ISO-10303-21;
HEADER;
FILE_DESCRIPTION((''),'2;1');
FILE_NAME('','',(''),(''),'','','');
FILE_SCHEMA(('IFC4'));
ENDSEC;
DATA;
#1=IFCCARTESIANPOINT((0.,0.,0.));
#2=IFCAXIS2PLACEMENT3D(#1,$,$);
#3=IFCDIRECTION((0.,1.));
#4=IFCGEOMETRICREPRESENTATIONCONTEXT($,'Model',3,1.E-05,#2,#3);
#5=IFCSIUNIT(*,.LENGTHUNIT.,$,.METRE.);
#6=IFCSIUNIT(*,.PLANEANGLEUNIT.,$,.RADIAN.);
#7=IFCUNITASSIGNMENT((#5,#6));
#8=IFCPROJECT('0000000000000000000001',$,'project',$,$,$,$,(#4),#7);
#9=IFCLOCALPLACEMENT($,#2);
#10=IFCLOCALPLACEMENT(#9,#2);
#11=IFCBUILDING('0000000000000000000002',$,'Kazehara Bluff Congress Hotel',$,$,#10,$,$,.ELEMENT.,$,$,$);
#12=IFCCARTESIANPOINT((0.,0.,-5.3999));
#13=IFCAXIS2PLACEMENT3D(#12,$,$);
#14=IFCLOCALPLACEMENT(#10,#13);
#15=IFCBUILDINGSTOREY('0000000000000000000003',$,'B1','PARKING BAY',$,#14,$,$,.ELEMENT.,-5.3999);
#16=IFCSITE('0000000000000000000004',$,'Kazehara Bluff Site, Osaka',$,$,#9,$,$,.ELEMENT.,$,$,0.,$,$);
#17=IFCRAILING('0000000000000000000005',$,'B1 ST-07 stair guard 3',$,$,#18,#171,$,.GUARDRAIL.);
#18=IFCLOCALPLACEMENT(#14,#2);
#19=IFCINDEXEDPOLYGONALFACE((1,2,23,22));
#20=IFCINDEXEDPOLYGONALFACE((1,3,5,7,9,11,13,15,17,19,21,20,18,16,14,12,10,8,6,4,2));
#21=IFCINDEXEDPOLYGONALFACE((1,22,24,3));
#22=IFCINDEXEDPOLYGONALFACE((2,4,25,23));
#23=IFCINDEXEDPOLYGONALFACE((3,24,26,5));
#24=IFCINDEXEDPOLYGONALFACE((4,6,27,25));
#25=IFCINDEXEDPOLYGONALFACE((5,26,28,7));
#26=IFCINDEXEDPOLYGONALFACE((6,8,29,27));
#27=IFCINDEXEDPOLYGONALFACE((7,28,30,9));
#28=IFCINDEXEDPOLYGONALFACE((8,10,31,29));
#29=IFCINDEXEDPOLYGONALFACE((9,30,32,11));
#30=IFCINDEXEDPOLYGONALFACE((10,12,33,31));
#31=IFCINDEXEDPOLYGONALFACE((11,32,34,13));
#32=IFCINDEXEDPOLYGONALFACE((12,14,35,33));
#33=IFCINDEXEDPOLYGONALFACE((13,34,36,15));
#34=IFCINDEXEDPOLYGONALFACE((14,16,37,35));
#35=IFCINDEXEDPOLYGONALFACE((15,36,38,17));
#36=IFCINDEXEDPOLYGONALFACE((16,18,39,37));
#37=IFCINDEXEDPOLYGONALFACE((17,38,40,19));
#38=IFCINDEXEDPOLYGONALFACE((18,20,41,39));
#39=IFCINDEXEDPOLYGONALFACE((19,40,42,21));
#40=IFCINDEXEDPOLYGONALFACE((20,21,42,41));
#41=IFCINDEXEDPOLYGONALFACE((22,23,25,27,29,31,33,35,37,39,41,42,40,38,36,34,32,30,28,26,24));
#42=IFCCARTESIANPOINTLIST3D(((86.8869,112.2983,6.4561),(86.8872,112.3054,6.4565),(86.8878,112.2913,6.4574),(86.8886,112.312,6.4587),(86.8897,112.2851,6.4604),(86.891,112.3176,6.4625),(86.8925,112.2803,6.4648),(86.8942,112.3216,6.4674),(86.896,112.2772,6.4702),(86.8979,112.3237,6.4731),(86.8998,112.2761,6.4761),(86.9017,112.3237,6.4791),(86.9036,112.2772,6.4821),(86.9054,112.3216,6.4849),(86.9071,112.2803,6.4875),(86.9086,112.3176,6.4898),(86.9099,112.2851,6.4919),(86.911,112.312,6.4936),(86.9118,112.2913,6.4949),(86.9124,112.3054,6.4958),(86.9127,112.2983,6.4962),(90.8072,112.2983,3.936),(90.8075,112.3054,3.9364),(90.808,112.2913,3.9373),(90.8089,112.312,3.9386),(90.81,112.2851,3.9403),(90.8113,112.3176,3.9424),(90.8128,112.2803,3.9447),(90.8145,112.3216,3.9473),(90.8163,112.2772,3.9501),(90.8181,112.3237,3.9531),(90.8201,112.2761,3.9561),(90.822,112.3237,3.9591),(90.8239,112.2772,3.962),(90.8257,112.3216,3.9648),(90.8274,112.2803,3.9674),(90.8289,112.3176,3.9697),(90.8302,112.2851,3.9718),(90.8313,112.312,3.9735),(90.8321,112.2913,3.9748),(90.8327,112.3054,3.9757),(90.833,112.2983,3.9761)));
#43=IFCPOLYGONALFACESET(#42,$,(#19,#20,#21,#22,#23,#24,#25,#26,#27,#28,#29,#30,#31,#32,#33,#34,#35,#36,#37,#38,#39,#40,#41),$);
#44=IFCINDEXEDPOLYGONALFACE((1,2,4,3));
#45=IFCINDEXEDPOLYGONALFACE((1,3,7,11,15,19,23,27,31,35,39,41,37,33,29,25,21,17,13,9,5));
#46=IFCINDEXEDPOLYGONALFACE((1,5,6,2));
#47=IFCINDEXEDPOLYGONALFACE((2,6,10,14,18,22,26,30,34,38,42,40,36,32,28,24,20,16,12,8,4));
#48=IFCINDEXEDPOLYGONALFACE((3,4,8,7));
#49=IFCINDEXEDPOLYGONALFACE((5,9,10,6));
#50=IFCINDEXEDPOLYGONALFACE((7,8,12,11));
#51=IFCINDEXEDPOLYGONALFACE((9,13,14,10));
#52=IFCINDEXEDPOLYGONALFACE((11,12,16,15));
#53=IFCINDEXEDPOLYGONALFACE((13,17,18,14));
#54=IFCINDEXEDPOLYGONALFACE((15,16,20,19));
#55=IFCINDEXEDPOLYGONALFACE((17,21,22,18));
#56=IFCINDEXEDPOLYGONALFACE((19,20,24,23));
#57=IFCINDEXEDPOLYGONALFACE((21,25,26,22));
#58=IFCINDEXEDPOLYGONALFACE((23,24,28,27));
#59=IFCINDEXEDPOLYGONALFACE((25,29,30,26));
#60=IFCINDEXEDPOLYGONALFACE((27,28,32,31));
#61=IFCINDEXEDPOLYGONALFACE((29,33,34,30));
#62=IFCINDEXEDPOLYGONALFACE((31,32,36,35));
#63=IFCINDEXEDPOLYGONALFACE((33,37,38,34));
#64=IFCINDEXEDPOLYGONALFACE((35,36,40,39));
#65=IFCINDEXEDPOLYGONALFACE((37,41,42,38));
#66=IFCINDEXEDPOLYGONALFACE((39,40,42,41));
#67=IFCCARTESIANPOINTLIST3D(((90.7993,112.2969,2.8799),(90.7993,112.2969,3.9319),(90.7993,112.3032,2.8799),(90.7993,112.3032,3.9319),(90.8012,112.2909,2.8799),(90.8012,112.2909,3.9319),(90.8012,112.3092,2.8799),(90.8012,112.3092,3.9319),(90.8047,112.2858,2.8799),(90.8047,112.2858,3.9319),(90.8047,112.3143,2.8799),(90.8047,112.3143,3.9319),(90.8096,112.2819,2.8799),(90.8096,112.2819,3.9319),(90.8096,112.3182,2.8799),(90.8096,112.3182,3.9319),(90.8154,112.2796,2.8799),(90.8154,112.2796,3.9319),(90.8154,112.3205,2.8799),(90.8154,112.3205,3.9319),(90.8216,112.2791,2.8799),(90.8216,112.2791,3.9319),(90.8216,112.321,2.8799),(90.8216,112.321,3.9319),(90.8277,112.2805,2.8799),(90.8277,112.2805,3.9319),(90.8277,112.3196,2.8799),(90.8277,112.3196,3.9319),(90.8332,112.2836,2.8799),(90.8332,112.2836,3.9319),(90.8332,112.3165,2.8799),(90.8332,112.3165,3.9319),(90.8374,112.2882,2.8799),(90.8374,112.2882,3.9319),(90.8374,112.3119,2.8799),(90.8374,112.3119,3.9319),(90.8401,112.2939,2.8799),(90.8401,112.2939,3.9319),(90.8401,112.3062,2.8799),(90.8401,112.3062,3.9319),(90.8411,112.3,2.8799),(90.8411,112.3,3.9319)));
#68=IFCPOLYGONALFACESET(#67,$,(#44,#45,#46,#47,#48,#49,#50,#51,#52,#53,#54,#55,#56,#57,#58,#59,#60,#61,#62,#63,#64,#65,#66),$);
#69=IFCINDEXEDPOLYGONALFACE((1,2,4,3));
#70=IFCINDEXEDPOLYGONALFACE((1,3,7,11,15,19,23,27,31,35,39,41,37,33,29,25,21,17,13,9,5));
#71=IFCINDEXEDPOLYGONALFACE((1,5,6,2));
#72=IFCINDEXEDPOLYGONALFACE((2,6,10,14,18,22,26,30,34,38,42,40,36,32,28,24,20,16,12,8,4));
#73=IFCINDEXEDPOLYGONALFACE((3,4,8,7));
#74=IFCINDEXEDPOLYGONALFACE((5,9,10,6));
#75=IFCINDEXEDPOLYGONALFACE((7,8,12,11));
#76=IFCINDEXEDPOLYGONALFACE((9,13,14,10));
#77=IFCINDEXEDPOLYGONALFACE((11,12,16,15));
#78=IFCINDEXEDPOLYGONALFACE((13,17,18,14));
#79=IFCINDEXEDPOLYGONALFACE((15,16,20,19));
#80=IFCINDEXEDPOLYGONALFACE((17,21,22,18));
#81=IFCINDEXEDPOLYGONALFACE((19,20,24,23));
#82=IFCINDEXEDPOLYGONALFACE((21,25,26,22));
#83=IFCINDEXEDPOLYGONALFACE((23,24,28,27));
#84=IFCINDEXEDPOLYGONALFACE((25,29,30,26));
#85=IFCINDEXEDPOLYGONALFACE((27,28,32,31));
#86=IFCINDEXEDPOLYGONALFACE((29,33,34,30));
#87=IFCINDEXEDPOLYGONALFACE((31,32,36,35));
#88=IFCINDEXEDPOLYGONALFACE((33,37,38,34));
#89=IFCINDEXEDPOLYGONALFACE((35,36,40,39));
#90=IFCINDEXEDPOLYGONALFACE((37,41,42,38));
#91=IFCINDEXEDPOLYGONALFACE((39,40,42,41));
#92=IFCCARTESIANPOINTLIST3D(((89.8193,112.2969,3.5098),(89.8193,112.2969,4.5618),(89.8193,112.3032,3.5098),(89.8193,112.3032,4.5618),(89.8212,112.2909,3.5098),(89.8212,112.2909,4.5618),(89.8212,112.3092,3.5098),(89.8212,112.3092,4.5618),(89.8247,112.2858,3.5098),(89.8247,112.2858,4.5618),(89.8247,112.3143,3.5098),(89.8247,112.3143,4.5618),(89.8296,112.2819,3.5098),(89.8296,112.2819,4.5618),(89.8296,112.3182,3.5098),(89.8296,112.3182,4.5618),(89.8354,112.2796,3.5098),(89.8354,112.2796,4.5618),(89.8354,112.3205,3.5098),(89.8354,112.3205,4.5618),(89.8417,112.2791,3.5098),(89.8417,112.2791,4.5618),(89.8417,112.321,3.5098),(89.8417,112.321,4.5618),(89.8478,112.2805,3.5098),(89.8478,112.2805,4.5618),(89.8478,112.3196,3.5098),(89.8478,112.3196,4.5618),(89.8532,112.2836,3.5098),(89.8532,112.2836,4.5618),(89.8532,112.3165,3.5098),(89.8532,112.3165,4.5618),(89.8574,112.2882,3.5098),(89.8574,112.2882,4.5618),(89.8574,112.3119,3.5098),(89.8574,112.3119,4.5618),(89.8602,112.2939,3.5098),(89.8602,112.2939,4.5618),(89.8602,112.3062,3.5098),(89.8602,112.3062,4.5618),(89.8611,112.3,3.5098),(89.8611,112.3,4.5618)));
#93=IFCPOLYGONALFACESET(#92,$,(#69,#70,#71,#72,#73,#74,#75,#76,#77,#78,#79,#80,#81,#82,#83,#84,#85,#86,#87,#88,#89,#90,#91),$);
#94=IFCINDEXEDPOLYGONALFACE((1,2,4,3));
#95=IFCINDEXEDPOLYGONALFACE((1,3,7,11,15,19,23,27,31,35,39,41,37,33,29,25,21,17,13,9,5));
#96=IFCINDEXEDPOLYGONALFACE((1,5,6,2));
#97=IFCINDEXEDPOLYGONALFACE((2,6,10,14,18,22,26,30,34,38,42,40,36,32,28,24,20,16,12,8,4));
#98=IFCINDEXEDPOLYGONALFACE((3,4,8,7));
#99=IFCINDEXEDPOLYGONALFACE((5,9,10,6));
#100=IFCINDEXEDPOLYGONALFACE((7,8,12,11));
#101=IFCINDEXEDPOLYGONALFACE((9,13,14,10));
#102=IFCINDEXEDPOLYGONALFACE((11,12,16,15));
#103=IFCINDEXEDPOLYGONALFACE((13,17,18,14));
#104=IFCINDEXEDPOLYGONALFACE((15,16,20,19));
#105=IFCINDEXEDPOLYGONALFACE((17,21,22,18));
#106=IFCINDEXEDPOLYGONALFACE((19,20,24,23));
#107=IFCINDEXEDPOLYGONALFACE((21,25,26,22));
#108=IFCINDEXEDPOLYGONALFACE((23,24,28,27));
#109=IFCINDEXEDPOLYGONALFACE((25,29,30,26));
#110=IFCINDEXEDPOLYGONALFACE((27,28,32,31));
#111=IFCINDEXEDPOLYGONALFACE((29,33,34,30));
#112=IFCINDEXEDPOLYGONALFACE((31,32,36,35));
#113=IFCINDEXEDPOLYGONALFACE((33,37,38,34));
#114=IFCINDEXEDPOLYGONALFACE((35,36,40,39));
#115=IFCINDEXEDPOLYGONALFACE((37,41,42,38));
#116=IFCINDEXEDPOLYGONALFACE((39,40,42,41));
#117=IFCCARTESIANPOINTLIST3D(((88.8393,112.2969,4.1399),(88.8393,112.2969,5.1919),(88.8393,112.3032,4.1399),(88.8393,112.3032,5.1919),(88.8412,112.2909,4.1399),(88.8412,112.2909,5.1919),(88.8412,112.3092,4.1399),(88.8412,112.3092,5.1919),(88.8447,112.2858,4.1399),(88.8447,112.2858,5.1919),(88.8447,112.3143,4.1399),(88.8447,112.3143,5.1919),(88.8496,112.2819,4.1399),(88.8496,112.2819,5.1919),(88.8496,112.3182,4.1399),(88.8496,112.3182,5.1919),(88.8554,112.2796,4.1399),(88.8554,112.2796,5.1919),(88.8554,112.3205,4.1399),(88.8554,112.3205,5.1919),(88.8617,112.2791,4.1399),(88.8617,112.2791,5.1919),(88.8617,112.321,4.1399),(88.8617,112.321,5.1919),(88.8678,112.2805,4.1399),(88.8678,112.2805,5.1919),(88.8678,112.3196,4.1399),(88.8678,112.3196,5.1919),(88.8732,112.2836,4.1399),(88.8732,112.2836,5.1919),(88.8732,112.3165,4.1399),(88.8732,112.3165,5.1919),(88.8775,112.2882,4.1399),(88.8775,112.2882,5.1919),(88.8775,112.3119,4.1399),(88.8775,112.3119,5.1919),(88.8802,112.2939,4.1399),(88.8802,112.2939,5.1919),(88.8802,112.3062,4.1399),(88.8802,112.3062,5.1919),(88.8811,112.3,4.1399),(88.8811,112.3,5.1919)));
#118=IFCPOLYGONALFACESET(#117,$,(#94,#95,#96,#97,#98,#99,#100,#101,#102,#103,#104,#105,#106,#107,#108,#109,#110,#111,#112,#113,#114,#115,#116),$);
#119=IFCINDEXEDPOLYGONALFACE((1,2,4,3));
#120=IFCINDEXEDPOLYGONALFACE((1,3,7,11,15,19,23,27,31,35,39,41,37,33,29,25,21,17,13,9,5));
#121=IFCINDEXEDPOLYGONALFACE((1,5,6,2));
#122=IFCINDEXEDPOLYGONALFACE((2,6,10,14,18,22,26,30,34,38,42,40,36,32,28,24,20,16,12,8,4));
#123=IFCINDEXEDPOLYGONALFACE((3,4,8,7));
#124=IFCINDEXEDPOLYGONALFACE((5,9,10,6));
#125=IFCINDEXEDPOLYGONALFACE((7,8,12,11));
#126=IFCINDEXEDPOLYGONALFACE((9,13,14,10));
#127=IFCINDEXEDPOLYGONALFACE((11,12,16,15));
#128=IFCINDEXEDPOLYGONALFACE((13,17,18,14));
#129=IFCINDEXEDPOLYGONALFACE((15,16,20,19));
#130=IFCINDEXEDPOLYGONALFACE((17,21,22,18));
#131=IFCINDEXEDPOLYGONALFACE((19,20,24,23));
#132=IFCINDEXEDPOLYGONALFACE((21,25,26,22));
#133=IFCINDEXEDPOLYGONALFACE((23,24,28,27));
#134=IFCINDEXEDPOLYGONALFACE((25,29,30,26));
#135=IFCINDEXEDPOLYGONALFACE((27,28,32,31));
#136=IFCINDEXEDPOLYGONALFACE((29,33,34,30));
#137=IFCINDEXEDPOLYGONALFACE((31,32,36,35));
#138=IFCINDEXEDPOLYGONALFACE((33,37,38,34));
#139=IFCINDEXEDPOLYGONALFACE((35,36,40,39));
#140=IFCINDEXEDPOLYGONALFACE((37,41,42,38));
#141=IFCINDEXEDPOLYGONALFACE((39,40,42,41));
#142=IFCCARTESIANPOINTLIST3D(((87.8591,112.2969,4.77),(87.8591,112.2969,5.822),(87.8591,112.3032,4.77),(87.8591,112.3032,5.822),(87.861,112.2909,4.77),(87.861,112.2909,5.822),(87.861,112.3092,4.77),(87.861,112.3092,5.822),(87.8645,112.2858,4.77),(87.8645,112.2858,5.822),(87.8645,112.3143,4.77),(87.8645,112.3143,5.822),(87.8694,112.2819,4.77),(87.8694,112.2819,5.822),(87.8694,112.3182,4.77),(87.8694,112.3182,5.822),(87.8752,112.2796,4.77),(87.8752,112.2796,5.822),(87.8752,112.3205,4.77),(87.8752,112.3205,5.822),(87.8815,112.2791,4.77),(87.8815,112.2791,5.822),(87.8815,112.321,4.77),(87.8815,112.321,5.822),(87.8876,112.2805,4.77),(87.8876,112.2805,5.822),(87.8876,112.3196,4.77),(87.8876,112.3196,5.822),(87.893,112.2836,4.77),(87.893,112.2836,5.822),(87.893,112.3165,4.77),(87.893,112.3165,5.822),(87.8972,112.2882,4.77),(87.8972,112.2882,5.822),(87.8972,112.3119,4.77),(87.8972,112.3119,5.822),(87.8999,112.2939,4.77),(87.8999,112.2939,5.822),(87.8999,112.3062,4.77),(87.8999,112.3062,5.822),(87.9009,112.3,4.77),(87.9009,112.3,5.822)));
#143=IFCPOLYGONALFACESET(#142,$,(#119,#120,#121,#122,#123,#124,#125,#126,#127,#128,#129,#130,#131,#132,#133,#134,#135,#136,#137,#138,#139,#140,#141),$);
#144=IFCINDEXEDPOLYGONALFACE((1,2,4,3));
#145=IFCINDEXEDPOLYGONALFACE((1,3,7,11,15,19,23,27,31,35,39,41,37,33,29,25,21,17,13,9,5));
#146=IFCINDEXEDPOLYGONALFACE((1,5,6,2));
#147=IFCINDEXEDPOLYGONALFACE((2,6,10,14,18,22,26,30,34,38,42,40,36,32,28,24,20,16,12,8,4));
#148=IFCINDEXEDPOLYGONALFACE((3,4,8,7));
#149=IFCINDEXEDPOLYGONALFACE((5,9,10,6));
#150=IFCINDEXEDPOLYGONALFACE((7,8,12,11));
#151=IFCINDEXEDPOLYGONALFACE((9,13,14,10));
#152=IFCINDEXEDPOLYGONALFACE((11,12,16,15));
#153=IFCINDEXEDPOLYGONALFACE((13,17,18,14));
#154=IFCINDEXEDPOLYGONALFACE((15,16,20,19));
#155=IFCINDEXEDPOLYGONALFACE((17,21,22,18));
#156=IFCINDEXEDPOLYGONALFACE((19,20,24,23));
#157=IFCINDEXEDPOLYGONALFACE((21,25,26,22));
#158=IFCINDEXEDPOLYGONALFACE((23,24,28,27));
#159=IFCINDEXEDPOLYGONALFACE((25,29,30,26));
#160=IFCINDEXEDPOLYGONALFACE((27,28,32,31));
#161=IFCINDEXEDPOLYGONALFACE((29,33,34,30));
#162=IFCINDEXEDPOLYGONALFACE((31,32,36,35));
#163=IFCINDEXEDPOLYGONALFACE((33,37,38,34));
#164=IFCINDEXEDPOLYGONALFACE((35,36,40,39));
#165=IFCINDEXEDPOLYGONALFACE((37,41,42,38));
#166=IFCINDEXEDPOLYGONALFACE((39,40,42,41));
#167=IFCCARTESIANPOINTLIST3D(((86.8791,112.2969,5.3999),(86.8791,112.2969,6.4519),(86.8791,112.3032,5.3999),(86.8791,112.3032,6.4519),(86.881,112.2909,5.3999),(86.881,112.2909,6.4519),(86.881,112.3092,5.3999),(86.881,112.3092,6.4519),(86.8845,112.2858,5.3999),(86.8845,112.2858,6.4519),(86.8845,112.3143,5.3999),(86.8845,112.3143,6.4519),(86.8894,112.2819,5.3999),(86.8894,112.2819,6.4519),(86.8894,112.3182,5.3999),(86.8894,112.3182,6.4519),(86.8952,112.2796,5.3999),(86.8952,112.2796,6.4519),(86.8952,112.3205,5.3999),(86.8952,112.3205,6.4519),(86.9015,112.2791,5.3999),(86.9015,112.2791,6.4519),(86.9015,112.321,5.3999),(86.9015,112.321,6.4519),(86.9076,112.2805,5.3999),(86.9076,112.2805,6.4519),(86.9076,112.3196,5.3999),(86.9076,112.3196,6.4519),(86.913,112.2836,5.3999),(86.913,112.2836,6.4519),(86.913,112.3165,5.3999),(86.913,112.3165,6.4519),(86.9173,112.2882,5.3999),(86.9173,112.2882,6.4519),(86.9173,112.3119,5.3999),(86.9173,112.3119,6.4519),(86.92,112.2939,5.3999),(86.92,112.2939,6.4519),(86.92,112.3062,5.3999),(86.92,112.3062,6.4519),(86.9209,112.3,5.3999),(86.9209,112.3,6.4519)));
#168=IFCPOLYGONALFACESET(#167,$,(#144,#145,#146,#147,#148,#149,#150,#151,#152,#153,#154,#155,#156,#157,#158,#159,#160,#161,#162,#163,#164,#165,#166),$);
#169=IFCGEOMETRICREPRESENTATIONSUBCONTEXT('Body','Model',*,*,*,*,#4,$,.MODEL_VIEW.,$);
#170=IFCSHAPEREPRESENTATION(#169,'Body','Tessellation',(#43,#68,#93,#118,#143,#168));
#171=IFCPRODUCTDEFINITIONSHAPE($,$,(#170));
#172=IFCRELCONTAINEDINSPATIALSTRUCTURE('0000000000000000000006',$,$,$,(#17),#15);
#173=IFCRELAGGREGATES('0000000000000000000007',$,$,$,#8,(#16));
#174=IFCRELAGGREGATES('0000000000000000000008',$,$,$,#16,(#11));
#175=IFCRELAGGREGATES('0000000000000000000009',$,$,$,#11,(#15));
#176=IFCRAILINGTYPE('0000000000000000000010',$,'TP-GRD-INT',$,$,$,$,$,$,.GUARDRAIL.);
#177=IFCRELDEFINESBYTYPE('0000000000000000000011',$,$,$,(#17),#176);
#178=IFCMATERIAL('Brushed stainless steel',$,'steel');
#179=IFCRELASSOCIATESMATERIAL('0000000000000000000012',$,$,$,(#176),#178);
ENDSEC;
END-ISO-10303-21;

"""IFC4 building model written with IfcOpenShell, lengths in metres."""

from ifc_helpers import new_model, si_unit, direction, frame, origin, origin_2d, place, context, subcontext, project, spatial, circle, extrude, material, type_object, element, save


model = new_model("IFC4")

# Units and contexts
model_context = context("Model", 3, precision=1e-05, world=origin(), true_north=direction((0.0, 1.0)))
body_context = subcontext(model_context, "Body", "Model", "MODEL_VIEW")
ifc_project = project(units=[si_unit("LENGTHUNIT", "METRE"), si_unit("PLANEANGLEUNIT", "RADIAN")], contexts=[model_context])

# Site, building, storey
site_placement = place(None, origin())
site = spatial("IfcSite", under=ifc_project, at=site_placement, Name="Kazehara Bluff Site, Osaka", CompositionType="ELEMENT", RefElevation=0.0)
building_placement = place(site_placement, origin())
building = spatial("IfcBuilding", under=site, at=building_placement, Name="Kazehara Bluff Congress Hotel", CompositionType="ELEMENT")
storey_placement = place(building_placement, frame((0.0, 0.0, -5.3999)))
storey = spatial("IfcBuildingStorey", under=building, at=storey_placement, Name="B1", Description="PARKING BAY", CompositionType="ELEMENT", Elevation=-5.3999)

# Railing
ifc_material_1 = material(Name="Brushed stainless steel", Category="steel")
railing_type_1 = type_object("IfcRailingType", Name="TP-GRD-INT", PredefinedType="GUARDRAIL", material=ifc_material_1)
railing_1_placement = place(storey_placement, frame((90.8201, 112.3, 2.8799)))
element("IfcRailing", 1, at=railing_1_placement, inside=storey, type_object=railing_type_1, Name="B1 ST-07 stair guard 3", PredefinedType="GUARDRAIL", context=body_context, shape_type="SweptSolid", body=[
    extrude(circle(Radius=0.0239, at=origin_2d()), frame((0.0, 0.0, 1.0762), z_axis=(-0.841187, 0.0, 0.540744), x_axis=(0.0, -1.0, 0.0)), (0.0, 0.0, 1.0), 4.6604),
    extrude(circle(Radius=0.021, at=origin_2d()), origin(), (0.0, 0.0, 1.0), 1.052),
    extrude(circle(Radius=0.021, at=origin_2d()), frame((-0.98, 0.0, 0.6299)), (0.0, 0.0, 1.0), 1.052),
    extrude(circle(Radius=0.021, at=origin_2d()), frame((-1.96, 0.0, 1.26)), (0.0, 0.0, 1.0), 1.052),
    extrude(circle(Radius=0.021, at=origin_2d()), frame((-2.9402, 0.0, 1.8901)), (0.0, 0.0, 1.0), 1.052),
    extrude(circle(Radius=0.021, at=origin_2d()), frame((-3.9202, 0.0, 2.52)), (0.0, 0.0, 1.0), 1.052),
])

save(model, "model.ifc")
